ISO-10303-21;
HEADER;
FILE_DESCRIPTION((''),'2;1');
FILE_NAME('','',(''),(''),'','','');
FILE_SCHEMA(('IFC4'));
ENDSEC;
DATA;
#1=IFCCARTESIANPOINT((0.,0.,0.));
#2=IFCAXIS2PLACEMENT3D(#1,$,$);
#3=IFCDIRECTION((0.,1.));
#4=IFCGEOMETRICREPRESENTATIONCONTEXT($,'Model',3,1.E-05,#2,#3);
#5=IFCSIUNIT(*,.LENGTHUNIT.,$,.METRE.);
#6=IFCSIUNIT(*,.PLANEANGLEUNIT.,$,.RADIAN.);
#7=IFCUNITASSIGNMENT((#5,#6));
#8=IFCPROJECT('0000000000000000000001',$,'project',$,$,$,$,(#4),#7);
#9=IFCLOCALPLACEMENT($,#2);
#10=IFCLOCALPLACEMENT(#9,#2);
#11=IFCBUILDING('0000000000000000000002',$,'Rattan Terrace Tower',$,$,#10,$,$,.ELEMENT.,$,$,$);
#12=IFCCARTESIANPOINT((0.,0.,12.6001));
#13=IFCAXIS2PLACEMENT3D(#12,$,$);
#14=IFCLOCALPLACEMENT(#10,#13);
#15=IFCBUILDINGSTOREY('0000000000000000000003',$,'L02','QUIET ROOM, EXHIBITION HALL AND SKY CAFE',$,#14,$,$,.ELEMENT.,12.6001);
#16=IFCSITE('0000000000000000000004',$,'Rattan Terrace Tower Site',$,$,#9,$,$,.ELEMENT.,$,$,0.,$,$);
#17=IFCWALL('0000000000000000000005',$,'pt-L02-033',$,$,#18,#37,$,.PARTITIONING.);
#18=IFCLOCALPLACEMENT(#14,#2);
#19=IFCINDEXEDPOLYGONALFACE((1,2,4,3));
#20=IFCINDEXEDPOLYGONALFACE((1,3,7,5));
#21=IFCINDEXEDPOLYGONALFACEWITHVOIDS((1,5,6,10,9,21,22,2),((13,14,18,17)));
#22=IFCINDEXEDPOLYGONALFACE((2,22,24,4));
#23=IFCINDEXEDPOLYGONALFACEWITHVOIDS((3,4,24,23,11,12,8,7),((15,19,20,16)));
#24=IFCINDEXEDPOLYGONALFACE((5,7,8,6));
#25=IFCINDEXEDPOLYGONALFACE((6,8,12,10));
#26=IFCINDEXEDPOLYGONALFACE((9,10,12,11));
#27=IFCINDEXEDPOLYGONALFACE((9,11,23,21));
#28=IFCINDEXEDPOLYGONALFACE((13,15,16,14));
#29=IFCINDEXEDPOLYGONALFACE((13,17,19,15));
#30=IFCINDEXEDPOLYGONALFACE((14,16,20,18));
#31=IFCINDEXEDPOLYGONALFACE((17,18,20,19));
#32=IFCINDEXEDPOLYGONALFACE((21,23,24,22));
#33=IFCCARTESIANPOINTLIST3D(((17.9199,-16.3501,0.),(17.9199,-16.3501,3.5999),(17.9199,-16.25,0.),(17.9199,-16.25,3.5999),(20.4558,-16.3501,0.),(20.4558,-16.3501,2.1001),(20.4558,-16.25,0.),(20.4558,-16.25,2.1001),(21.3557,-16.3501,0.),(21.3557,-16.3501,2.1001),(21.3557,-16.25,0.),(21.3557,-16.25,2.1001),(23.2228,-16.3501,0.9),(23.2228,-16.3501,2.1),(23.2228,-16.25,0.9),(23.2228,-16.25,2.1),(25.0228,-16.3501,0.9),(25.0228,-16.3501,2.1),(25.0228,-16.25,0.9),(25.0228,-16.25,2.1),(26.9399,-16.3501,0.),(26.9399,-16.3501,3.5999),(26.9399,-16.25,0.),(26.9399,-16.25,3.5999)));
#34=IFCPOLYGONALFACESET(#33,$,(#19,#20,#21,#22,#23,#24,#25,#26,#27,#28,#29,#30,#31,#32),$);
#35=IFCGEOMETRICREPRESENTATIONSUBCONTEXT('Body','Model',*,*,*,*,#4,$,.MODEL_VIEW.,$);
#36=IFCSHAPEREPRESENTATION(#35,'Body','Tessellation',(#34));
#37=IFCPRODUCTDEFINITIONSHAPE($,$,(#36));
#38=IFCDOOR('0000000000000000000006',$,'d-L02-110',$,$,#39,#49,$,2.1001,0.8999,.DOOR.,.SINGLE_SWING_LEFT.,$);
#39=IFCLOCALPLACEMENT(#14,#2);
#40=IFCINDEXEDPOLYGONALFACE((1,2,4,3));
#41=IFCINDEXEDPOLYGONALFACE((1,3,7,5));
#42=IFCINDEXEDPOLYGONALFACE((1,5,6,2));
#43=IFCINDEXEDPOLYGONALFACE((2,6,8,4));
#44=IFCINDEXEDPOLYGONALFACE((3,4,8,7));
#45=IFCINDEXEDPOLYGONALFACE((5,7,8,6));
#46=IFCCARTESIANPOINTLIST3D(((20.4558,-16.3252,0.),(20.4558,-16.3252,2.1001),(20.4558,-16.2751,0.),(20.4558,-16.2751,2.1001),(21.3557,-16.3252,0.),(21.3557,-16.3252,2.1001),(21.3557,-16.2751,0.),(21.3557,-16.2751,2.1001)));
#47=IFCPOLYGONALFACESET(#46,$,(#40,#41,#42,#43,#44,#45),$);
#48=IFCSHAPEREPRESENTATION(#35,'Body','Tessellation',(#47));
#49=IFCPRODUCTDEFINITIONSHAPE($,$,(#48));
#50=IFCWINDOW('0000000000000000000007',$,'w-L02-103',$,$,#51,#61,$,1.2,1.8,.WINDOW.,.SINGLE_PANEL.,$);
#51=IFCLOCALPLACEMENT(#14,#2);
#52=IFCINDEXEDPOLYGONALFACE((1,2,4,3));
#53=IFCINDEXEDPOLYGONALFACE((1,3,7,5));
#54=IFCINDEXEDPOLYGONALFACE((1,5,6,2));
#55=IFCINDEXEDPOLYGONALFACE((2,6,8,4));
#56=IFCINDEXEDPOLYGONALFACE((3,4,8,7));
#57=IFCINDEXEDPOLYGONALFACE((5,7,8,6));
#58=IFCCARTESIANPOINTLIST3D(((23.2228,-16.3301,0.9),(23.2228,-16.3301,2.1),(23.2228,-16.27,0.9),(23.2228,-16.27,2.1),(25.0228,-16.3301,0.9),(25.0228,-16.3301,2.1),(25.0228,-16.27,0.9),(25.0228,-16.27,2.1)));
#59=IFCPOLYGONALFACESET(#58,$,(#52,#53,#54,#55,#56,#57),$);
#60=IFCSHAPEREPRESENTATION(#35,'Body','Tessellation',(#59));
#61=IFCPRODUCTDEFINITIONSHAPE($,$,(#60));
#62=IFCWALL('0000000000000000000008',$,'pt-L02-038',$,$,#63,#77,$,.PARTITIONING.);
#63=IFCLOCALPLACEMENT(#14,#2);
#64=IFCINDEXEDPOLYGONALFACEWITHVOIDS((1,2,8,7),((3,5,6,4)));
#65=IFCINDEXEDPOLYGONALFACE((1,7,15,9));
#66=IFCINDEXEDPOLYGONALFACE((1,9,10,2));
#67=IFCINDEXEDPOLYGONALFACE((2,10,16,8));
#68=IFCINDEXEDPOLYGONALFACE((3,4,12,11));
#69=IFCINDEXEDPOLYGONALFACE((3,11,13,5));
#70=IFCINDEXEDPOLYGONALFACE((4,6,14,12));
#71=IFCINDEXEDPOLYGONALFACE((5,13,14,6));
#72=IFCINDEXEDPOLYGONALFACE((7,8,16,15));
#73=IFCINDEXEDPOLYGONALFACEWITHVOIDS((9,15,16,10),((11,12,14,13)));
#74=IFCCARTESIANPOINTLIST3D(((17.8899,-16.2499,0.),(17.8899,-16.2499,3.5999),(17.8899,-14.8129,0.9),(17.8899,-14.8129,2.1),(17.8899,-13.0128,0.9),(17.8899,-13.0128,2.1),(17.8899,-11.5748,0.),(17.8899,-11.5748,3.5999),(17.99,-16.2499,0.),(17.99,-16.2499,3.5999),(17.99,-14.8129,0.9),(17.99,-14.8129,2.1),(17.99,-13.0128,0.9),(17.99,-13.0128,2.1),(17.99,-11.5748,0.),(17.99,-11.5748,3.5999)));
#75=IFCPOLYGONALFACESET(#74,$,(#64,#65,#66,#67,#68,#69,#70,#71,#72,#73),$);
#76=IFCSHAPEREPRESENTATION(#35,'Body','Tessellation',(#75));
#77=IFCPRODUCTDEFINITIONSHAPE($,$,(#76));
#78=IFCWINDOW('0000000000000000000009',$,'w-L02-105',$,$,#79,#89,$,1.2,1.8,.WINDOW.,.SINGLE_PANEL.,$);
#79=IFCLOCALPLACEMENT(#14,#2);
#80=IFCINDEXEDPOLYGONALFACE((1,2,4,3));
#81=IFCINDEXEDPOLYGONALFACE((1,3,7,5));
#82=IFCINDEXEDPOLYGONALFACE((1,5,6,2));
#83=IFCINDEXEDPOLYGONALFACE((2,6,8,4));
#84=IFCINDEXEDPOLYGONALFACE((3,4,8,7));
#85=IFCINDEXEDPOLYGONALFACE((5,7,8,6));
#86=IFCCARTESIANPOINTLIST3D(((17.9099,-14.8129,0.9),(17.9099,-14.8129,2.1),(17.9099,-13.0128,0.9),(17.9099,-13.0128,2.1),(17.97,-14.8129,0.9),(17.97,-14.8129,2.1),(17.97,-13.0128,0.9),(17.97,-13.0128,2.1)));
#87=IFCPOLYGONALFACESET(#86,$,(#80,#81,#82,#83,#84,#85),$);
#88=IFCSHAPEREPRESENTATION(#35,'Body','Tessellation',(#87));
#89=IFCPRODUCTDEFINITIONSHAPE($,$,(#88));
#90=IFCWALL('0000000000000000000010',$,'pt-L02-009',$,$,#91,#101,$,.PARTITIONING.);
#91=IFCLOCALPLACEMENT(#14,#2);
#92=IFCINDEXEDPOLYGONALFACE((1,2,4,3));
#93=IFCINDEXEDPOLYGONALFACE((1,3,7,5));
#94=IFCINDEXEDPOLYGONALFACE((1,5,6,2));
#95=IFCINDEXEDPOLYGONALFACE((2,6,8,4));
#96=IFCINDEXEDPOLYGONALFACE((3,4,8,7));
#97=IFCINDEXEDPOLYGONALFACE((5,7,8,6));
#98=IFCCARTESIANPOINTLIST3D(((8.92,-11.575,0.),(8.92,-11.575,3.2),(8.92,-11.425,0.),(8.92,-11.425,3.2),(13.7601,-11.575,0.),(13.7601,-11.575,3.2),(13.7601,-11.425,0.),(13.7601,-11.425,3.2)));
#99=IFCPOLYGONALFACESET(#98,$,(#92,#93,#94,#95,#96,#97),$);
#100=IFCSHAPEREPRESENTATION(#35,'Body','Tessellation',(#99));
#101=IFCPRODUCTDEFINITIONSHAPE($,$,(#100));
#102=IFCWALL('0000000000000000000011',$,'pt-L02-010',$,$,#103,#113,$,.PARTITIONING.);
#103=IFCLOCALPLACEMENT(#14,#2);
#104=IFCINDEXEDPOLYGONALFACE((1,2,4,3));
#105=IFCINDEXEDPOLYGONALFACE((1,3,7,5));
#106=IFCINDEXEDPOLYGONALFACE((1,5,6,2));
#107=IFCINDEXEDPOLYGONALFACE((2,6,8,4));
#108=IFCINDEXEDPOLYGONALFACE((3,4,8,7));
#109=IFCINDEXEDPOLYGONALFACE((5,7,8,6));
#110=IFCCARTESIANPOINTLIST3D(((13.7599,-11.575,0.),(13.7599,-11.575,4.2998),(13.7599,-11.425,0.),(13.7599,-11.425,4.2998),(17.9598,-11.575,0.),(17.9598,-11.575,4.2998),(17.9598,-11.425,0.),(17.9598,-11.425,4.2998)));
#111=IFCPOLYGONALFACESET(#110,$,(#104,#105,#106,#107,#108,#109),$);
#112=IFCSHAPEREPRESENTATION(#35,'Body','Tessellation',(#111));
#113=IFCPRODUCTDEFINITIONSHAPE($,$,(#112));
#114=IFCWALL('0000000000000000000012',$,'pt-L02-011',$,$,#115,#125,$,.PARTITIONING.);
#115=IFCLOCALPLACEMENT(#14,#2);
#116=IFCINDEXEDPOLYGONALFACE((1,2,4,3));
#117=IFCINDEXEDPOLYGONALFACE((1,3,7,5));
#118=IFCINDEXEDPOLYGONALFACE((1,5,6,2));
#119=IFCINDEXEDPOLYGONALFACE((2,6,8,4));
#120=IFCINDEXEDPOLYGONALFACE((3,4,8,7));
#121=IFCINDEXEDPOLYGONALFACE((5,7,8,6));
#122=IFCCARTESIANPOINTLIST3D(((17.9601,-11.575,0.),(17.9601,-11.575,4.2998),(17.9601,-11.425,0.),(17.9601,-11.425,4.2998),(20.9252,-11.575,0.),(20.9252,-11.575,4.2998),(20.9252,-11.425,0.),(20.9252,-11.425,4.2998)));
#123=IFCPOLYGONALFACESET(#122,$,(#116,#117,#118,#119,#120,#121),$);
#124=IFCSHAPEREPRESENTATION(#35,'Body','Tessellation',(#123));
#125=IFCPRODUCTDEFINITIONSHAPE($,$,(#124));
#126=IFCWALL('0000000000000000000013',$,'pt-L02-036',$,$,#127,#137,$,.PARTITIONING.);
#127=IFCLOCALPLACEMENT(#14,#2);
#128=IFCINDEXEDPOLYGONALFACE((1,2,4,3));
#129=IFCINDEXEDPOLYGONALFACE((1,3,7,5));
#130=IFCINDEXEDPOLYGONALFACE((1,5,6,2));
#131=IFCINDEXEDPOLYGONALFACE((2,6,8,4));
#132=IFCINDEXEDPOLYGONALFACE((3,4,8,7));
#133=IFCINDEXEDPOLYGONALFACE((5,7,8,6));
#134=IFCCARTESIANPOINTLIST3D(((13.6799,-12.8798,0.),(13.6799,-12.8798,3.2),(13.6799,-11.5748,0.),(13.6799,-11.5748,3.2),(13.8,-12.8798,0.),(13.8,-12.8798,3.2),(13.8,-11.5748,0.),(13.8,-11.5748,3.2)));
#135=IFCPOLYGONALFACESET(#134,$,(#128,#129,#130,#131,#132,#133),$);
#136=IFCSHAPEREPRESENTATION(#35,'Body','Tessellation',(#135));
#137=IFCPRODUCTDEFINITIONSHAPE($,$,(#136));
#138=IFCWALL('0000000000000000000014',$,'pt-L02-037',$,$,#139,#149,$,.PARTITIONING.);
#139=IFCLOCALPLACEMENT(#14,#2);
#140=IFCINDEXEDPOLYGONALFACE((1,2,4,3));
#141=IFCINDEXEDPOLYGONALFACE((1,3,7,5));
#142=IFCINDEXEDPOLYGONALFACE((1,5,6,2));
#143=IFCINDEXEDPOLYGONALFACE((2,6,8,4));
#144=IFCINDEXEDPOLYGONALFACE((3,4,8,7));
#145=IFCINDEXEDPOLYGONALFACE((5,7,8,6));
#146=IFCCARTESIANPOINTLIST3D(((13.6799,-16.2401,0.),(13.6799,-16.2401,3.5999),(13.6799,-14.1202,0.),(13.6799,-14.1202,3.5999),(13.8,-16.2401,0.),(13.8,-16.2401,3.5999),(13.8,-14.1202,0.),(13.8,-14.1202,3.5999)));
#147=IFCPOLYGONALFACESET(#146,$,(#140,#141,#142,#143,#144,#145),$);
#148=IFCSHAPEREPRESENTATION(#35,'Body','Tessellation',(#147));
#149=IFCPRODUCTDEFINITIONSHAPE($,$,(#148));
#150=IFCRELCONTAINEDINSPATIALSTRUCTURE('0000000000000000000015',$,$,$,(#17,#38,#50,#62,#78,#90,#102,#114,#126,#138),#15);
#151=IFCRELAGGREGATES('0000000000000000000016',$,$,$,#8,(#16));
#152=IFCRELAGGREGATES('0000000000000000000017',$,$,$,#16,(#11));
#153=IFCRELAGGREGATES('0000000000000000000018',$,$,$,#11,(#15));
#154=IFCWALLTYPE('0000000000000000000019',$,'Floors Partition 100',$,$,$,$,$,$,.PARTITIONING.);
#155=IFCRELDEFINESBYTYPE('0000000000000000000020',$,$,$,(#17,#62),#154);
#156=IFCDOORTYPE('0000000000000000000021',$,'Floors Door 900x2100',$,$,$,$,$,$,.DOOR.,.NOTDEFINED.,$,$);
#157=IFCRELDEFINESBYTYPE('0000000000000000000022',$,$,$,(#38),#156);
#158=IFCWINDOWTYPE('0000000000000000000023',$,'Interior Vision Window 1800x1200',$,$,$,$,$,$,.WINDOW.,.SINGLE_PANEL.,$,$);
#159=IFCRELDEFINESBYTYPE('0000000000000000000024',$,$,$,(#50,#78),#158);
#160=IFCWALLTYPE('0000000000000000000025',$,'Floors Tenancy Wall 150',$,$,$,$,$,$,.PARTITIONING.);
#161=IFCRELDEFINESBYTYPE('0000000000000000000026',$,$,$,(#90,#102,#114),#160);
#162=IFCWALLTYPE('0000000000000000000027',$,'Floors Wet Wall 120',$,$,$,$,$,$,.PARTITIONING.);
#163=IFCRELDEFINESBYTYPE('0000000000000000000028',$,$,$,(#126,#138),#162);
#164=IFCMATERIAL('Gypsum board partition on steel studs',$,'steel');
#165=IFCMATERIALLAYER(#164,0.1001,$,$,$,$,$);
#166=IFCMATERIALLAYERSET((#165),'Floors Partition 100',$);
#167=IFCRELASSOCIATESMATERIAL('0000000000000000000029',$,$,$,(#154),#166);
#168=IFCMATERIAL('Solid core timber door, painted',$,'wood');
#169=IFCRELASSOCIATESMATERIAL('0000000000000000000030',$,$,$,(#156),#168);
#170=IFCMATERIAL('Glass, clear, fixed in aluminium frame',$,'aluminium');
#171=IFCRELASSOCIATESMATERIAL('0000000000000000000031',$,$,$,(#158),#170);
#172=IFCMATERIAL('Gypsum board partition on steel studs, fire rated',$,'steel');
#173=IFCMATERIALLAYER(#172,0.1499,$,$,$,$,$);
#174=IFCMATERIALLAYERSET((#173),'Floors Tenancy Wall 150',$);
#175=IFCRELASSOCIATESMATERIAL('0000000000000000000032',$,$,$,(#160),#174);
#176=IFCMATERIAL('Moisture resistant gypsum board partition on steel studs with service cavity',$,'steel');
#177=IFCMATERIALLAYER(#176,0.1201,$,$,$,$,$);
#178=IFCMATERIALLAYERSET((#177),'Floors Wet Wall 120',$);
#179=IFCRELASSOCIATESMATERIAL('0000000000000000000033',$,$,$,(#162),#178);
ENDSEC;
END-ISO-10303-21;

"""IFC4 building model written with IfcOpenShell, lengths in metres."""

from ifc_helpers import new_model, si_unit, direction, frame, frame_2d, origin, place, context, subcontext, project, spatial, rectangle, extrude, material, layer, layer_set, type_object, element, fill, save


model = new_model("IFC4")

# Units and contexts
model_context = context("Model", 3, precision=1e-05, world=origin(), true_north=direction((0.0, 1.0)))
body_context = subcontext(model_context, "Body", "Model", "MODEL_VIEW")
ifc_project = project(units=[si_unit("LENGTHUNIT", "METRE"), si_unit("PLANEANGLEUNIT", "RADIAN")], contexts=[model_context])

# Site, building, storey
site_placement = place(None, origin())
site = spatial("IfcSite", under=ifc_project, at=site_placement, Name="Rattan Terrace Tower Site", CompositionType="ELEMENT", RefElevation=0.0)
building_placement = place(site_placement, origin())
building = spatial("IfcBuilding", under=site, at=building_placement, Name="Rattan Terrace Tower", CompositionType="ELEMENT")
storey_placement = place(building_placement, frame((0.0, 0.0, 12.6001)))
storey = spatial("IfcBuildingStorey", under=building, at=storey_placement, Name="L02", Description="QUIET ROOM, EXHIBITION HALL AND SKY CAFE", CompositionType="ELEMENT", Elevation=12.6001)

# Shared definitions
ifc_material_1 = material(Name="Gypsum board partition on steel studs", Category="steel")
ifc_layer_1 = layer(ifc_material_1, 0.1001)
ifc_layer_set_1 = layer_set([ifc_layer_1], Name="Floors Partition 100")
wall_type_1 = type_object("IfcWallType", Name="Floors Partition 100", PredefinedType="PARTITIONING", material=ifc_layer_set_1)
ifc_material_2 = material(Name="Solid core timber door, painted", Category="wood")
door_type_1 = type_object("IfcDoorType", Name="Floors Door 900x2100", OperationType="NOTDEFINED", PredefinedType="DOOR", material=ifc_material_2)

# Wall, openings, door, window
wall_1_placement = place(storey_placement, frame((17.9199, -16.3, 0.0), z_axis=(0.0, 0.0, 1.0), x_axis=(1.0, 0.0, 0.0)))
wall_1 = element("IfcWall", 1, at=wall_1_placement, inside=storey, type_object=wall_type_1, Name="pt-L02-033", PredefinedType="PARTITIONING", context=body_context, shape_type="SweptSolid", body=[
    extrude(rectangle(XDim=9.02, YDim=0.1001, at=frame_2d((4.51, 0.0))), origin(), (0.0, 0.0, 1.0), 3.5999),
])
opening_1_placement = place(wall_1_placement, frame((2.5359, 0.0, 0.0)))
opening_1 = element("IfcOpeningElement", 2, at=opening_1_placement, cuts=wall_1, PredefinedType="OPENING", context=body_context, shape_type="SweptSolid", body=[
    extrude(rectangle(XDim=0.8999, YDim=2.1001, at=frame_2d((0.45, 1.05))), frame((0.0, 0.0605, 0.0), z_axis=(0.0, -1.0, 0.0), x_axis=(1.0, 0.0, 0.0)), (0.0, 0.0, 1.0), 0.1211),
])
opening_2_placement = place(wall_1_placement, frame((5.303, 0.0, 0.8999)))
opening_2 = element("IfcOpeningElement", 3, at=opening_2_placement, cuts=wall_1, PredefinedType="OPENING", context=body_context, shape_type="SweptSolid", body=[
    extrude(rectangle(XDim=1.8, YDim=1.2, at=frame_2d((0.8999, 0.6001))), frame((0.0, 0.0605, 0.0), z_axis=(0.0, -1.0, 0.0), x_axis=(1.0, 0.0, 0.0)), (0.0, 0.0, 1.0), 0.1211),
])
door_1_placement = place(opening_1_placement, origin())
door_1 = element("IfcDoor", 4, at=door_1_placement, inside=storey, type_object=door_type_1, Name="d-L02-110", OperationType="SINGLE_SWING_LEFT", OverallHeight=2.1001, OverallWidth=0.8999, PredefinedType="DOOR", context=body_context, shape_type="SweptSolid", body=[
    extrude(rectangle(XDim=0.8999, YDim=2.1001, at=frame_2d((0.45, 1.05))), frame((0.0, 0.0249, 0.0), z_axis=(0.0, -1.0, 0.0), x_axis=(1.0, 0.0, 0.0)), (0.0, 0.0, 1.0), 0.05),
])
fill(opening_1, door_1)
ifc_material_3 = material(Name="Glass, clear, fixed in aluminium frame", Category="aluminium")
window_type = type_object("IfcWindowType", Name="Interior Vision Window 1800x1200", PartitioningType="SINGLE_PANEL", PredefinedType="WINDOW", material=ifc_material_3)
window_1_placement = place(opening_2_placement, origin())
window_1 = element("IfcWindow", 5, at=window_1_placement, inside=storey, type_object=window_type, Name="w-L02-103", OverallHeight=1.2, OverallWidth=1.8, PartitioningType="SINGLE_PANEL", PredefinedType="WINDOW", context=body_context, shape_type="SweptSolid", body=[
    extrude(rectangle(XDim=1.8, YDim=1.2, at=frame_2d((0.8999, 0.6001))), frame((0.0, 0.03, 0.0), z_axis=(0.0, -1.0, 0.0), x_axis=(1.0, 0.0, 0.0)), (0.0, 0.0, 1.0), 0.0601),
])
fill(opening_2, window_1)

# Wall, opening, window
wall_2_placement = place(storey_placement, frame((17.9399, -11.575, 0.0), z_axis=(0.0, 0.0, 1.0), x_axis=(0.0, -1.0, 0.0)))
wall_2 = element("IfcWall", 6, at=wall_2_placement, inside=storey, type_object=wall_type_1, Name="pt-L02-038", PredefinedType="PARTITIONING", context=body_context, shape_type="SweptSolid", body=[
    extrude(rectangle(XDim=4.675, YDim=0.1001, at=frame_2d((2.3374, 0.0))), origin(), (0.0, 0.0, 1.0), 3.5999),
])
opening_3_placement = place(wall_2_placement, frame((1.438, 0.0, 0.8999)))
opening_3 = element("IfcOpeningElement", 7, at=opening_3_placement, cuts=wall_2, PredefinedType="OPENING", context=body_context, shape_type="SweptSolid", body=[
    extrude(rectangle(XDim=1.8, YDim=1.2, at=frame_2d((0.8999, 0.6001))), frame((0.0, 0.0605, 0.0), z_axis=(0.0, -1.0, 0.0), x_axis=(1.0, 0.0, 0.0)), (0.0, 0.0, 1.0), 0.1211),
])
window_2_placement = place(opening_3_placement, origin())
window_2 = element("IfcWindow", 8, at=window_2_placement, inside=storey, type_object=window_type, Name="w-L02-105", OverallHeight=1.2, OverallWidth=1.8, PartitioningType="SINGLE_PANEL", PredefinedType="WINDOW", context=body_context, shape_type="SweptSolid", body=[
    extrude(rectangle(XDim=1.8, YDim=1.2, at=frame_2d((0.8999, 0.6001))), frame((0.0, 0.03, 0.0), z_axis=(0.0, -1.0, 0.0), x_axis=(1.0, 0.0, 0.0)), (0.0, 0.0, 1.0), 0.0601),
])
fill(opening_3, window_2)

# Walls
ifc_material_4 = material(Name="Gypsum board partition on steel studs, fire rated", Category="steel")
ifc_layer_2 = layer(ifc_material_4, 0.1499)
ifc_layer_set_2 = layer_set([ifc_layer_2], Name="Floors Tenancy Wall 150")
wall_type_2 = type_object("IfcWallType", Name="Floors Tenancy Wall 150", PredefinedType="PARTITIONING", material=ifc_layer_set_2)
wall_3_placement = place(storey_placement, frame((13.76, -11.5, 0.0), z_axis=(0.0, 0.0, 1.0), x_axis=(-1.0, 0.0, 0.0)))
element("IfcWall", 9, at=wall_3_placement, inside=storey, type_object=wall_type_2, Name="pt-L02-009", PredefinedType="PARTITIONING", context=body_context, shape_type="SweptSolid", body=[
    extrude(rectangle(XDim=4.8401, YDim=0.1499, at=frame_2d((2.4199, 0.0))), origin(), (0.0, 0.0, 1.0), 3.2),
])
wall_4_placement = place(storey_placement, frame((17.96, -11.5, 0.0), z_axis=(0.0, 0.0, 1.0), x_axis=(-1.0, 0.0, 0.0)))
element("IfcWall", 10, at=wall_4_placement, inside=storey, type_object=wall_type_2, Name="pt-L02-010", PredefinedType="PARTITIONING", context=body_context, shape_type="SweptSolid", body=[
    extrude(rectangle(XDim=4.2, YDim=0.1499, at=frame_2d((2.1001, 0.0))), origin(), (0.0, 0.0, 1.0), 4.2998),
])
wall_5_placement = place(storey_placement, frame((20.925, -11.5, 0.0), z_axis=(0.0, 0.0, 1.0), x_axis=(-1.0, 0.0, 0.0)))
element("IfcWall", 11, at=wall_5_placement, inside=storey, type_object=wall_type_2, Name="pt-L02-011", PredefinedType="PARTITIONING", context=body_context, shape_type="SweptSolid", body=[
    extrude(rectangle(XDim=2.9651, YDim=0.1499, at=frame_2d((1.4824, 0.0))), origin(), (0.0, 0.0, 1.0), 4.2998),
])
ifc_material_5 = material(Name="Moisture resistant gypsum board partition on steel studs with service cavity", Category="steel")
ifc_layer_3 = layer(ifc_material_5, 0.1201)
ifc_layer_set_3 = layer_set([ifc_layer_3], Name="Floors Wet Wall 120")
wall_type_3 = type_object("IfcWallType", Name="Floors Wet Wall 120", PredefinedType="PARTITIONING", material=ifc_layer_set_3)
wall_6_placement = place(storey_placement, frame((13.74, -11.575, 0.0), z_axis=(0.0, 0.0, 1.0), x_axis=(0.0, -1.0, 0.0)))
element("IfcWall", 12, at=wall_6_placement, inside=storey, type_object=wall_type_3, Name="pt-L02-036", PredefinedType="PARTITIONING", context=body_context, shape_type="SweptSolid", body=[
    extrude(rectangle(XDim=1.3049, YDim=0.1201, at=frame_2d((0.6523, 0.0))), origin(), (0.0, 0.0, 1.0), 3.2),
])
wall_7_placement = place(storey_placement, frame((13.74, -14.1201, 0.0), z_axis=(0.0, 0.0, 1.0), x_axis=(0.0, -1.0, 0.0)))
element("IfcWall", 13, at=wall_7_placement, inside=storey, type_object=wall_type_3, Name="pt-L02-037", PredefinedType="PARTITIONING", context=body_context, shape_type="SweptSolid", body=[
    extrude(rectangle(XDim=2.1199, YDim=0.1201, at=frame_2d((1.0601, 0.0))), origin(), (0.0, 0.0, 1.0), 3.5999),
])

save(model, "model.ifc")
